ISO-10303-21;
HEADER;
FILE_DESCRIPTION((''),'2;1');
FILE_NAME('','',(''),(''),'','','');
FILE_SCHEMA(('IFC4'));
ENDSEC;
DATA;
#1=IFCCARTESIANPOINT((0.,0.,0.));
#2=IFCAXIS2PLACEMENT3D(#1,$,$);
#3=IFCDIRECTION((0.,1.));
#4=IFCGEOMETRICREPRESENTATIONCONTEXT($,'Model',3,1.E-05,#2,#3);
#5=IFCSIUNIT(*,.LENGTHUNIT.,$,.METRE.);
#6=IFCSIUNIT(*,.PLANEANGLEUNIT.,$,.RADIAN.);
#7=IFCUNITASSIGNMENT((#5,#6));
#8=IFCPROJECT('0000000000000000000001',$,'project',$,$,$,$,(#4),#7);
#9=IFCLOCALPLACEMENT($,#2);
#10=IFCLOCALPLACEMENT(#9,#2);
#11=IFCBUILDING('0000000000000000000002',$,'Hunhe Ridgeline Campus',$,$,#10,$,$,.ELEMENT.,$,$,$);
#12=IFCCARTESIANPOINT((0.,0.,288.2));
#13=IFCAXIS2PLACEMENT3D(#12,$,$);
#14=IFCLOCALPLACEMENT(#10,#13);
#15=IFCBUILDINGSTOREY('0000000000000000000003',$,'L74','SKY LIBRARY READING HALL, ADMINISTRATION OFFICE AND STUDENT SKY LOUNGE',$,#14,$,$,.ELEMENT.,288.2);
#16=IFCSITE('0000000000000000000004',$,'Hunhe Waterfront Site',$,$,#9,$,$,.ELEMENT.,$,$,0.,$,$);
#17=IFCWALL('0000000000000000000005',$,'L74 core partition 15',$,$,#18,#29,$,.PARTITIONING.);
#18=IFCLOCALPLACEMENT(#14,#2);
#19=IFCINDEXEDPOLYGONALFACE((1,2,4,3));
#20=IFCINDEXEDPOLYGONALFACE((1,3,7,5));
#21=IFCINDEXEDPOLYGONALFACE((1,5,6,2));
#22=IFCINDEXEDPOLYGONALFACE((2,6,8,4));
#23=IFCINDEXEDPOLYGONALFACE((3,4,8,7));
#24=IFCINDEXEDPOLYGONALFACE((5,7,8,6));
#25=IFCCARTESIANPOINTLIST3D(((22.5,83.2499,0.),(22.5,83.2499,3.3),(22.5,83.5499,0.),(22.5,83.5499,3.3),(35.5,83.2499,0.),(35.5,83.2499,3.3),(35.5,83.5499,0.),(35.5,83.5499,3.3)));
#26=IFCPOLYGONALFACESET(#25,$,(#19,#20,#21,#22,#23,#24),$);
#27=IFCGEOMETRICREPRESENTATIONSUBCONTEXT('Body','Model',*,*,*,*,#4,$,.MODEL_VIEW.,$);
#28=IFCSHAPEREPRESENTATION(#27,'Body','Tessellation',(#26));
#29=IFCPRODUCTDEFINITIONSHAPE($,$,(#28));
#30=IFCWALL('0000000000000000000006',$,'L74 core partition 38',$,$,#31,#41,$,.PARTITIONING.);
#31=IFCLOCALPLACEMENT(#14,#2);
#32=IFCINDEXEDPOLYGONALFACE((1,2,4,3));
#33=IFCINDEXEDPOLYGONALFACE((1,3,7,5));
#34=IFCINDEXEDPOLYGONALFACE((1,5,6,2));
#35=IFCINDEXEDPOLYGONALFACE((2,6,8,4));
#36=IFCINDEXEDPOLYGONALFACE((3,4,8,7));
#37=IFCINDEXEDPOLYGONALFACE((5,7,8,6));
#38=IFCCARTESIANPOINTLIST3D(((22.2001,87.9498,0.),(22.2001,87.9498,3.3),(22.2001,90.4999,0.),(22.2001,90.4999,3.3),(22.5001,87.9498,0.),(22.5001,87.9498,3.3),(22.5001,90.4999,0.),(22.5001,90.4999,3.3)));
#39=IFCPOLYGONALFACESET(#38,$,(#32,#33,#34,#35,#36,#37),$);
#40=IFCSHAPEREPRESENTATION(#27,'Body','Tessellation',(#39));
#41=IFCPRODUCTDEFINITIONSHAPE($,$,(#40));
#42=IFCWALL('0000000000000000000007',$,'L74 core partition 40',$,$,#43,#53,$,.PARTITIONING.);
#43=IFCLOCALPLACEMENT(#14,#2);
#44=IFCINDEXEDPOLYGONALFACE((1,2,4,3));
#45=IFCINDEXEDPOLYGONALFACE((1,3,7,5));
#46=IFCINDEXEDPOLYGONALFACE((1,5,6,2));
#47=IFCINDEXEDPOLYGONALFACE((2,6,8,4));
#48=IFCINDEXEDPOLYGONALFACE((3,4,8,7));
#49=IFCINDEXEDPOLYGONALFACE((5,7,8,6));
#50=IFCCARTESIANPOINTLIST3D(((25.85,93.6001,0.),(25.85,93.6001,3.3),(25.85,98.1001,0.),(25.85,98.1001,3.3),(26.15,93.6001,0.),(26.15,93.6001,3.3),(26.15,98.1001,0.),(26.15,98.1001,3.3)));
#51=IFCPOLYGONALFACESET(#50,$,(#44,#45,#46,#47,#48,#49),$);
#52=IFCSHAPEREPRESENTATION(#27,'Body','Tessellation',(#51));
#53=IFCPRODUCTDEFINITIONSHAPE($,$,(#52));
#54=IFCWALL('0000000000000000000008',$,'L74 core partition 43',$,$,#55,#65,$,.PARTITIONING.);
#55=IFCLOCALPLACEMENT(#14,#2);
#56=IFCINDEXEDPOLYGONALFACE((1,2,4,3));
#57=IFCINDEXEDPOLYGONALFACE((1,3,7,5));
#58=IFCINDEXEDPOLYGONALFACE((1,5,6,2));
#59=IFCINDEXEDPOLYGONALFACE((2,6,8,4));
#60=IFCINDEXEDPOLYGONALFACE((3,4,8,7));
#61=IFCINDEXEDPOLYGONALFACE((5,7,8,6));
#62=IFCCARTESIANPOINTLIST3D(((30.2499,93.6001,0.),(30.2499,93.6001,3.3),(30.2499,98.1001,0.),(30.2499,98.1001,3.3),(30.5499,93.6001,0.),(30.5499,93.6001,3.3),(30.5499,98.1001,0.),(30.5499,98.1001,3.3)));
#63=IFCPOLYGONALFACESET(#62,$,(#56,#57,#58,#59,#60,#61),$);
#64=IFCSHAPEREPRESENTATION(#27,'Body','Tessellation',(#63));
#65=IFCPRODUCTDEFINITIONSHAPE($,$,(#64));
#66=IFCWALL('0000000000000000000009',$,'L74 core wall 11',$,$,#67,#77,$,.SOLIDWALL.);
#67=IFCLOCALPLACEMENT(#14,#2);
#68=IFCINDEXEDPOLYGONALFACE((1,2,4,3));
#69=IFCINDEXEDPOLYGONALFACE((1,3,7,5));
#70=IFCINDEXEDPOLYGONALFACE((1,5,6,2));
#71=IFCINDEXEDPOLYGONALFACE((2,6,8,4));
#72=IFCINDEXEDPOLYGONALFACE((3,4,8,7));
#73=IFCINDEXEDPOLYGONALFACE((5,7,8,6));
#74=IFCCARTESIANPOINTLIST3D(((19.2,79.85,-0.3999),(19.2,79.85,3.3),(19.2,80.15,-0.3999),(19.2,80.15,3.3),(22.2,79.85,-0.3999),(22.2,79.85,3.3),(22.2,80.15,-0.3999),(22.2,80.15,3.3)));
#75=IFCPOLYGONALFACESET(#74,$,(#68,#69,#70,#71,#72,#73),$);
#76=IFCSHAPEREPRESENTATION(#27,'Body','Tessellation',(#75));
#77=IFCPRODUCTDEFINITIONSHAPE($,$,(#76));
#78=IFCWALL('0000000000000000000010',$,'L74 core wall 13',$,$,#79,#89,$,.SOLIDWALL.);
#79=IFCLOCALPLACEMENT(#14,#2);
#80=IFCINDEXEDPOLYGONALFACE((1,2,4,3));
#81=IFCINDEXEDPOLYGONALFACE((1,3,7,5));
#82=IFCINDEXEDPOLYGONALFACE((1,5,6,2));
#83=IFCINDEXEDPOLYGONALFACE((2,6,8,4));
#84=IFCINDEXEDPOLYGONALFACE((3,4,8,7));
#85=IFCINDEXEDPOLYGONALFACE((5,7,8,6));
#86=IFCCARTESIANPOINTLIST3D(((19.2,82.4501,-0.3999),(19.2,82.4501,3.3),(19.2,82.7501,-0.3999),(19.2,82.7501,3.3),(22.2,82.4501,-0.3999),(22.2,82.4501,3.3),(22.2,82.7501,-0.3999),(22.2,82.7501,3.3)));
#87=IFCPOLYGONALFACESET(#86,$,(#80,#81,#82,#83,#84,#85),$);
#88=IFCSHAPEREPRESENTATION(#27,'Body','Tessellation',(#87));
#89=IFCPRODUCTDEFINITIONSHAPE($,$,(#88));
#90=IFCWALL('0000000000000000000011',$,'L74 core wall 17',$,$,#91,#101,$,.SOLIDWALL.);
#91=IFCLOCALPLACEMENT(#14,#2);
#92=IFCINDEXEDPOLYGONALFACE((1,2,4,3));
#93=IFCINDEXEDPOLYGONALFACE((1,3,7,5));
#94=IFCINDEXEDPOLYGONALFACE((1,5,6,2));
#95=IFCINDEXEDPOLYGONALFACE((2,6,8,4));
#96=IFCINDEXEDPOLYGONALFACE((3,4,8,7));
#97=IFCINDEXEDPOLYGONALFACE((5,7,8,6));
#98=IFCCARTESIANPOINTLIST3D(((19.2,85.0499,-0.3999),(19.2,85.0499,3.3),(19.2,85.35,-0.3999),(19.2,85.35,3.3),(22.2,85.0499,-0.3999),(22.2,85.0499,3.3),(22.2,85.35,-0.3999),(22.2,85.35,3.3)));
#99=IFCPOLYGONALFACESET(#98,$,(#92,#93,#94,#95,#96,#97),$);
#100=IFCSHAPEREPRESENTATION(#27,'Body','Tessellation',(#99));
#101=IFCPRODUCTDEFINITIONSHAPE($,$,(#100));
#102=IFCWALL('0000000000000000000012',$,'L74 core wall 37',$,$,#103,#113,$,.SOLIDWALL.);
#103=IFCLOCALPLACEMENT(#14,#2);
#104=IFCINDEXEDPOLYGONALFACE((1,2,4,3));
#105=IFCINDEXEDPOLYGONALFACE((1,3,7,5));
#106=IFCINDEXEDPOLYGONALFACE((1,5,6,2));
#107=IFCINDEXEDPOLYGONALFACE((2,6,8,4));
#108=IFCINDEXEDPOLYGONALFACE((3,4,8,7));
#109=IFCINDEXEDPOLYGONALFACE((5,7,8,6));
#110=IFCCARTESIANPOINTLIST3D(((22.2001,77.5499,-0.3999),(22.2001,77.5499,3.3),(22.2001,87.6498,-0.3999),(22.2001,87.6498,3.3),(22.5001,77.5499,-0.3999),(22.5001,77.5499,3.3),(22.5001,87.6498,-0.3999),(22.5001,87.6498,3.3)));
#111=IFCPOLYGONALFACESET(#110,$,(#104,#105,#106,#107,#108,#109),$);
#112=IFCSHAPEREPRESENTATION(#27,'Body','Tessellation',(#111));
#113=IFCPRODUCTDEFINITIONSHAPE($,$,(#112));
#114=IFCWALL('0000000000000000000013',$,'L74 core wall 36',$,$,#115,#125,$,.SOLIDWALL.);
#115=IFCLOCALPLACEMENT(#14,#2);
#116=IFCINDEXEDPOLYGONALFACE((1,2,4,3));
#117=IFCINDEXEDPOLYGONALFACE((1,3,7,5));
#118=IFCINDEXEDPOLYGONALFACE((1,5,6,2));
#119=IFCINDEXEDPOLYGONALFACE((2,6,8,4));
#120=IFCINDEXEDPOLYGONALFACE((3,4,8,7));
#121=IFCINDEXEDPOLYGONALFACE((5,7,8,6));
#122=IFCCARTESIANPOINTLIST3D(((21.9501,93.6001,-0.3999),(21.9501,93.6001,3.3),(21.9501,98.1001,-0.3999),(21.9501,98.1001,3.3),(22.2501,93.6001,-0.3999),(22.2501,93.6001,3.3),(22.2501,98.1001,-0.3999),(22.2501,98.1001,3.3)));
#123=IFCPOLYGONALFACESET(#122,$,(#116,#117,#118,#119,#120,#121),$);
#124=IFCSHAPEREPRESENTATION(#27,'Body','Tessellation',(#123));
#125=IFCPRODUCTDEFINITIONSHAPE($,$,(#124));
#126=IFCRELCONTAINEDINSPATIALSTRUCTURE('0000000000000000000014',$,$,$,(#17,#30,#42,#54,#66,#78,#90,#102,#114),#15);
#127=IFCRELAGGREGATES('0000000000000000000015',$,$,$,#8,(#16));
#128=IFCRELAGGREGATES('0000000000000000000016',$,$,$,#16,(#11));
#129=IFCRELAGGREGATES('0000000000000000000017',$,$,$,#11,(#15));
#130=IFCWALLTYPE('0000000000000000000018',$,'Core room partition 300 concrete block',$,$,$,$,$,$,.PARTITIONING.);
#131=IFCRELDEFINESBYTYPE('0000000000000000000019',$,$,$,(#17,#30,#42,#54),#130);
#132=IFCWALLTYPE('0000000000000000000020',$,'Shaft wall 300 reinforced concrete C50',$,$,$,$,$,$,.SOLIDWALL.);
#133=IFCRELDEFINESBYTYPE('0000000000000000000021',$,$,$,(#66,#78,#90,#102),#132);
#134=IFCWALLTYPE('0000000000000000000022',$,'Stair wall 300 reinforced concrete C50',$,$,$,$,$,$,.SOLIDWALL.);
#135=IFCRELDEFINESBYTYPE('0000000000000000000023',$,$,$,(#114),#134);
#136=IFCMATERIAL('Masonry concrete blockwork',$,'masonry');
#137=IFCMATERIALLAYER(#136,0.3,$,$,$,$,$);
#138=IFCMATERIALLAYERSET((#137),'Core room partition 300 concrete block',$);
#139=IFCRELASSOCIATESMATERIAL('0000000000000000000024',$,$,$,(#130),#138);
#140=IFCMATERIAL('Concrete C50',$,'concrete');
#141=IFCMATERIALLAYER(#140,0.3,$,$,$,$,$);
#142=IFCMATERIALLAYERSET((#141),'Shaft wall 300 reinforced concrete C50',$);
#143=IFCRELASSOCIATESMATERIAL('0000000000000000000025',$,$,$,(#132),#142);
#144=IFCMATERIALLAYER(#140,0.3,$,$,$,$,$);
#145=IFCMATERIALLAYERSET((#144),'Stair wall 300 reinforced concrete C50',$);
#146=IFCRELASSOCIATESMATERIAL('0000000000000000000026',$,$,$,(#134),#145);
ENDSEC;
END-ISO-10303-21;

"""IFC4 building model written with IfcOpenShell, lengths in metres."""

from ifc_helpers import new_model, si_unit, direction, frame, frame_2d, origin, place, context, subcontext, project, spatial, rectangle, extrude, material, layer, layer_set, type_object, element, save


model = new_model("IFC4")

# Units and contexts
model_context = context("Model", 3, precision=1e-05, world=origin(), true_north=direction((0.0, 1.0)))
body_context = subcontext(model_context, "Body", "Model", "MODEL_VIEW")
ifc_project = project(units=[si_unit("LENGTHUNIT", "METRE"), si_unit("PLANEANGLEUNIT", "RADIAN")], contexts=[model_context])

# Site, building, storey
site_placement = place(None, origin())
site = spatial("IfcSite", under=ifc_project, at=site_placement, Name="Hunhe Waterfront Site", CompositionType="ELEMENT", RefElevation=0.0)
building_placement = place(site_placement, origin())
building = spatial("IfcBuilding", under=site, at=building_placement, Name="Hunhe Ridgeline Campus", CompositionType="ELEMENT")
storey_placement = place(building_placement, frame((0.0, 0.0, 288.2)))
storey = spatial("IfcBuildingStorey", under=building, at=storey_placement, Name="L74", Description="SKY LIBRARY READING HALL, ADMINISTRATION OFFICE AND STUDENT SKY LOUNGE", CompositionType="ELEMENT", Elevation=288.2)

# Shared definitions
ifc_material_1 = material(Name="Masonry concrete blockwork", Category="masonry")
ifc_layer_1 = layer(ifc_material_1, 0.3)
ifc_layer_set_1 = layer_set([ifc_layer_1], Name="Core room partition 300 concrete block")
wall_type_1 = type_object("IfcWallType", Name="Core room partition 300 concrete block", PredefinedType="PARTITIONING", material=ifc_layer_set_1)

# Walls
wall_1_placement = place(storey_placement, frame((22.5, 83.3999, 0.0), z_axis=(0.0, 0.0, 1.0), x_axis=(1.0, 0.0, 0.0)))
element("IfcWall", 1, at=wall_1_placement, inside=storey, type_object=wall_type_1, Name="L74 core partition 15", PredefinedType="PARTITIONING", context=body_context, shape_type="SweptSolid", body=[
    extrude(rectangle(XDim=13.0, YDim=0.3, at=frame_2d((6.5, 0.0))), origin(), (0.0, 0.0, 1.0), 3.3),
])
wall_2_placement = place(storey_placement, frame((22.3501, 87.95, 0.0), z_axis=(0.0, 0.0, 1.0), x_axis=(0.0, 1.0, 0.0)))
element("IfcWall", 2, at=wall_2_placement, inside=storey, type_object=wall_type_1, Name="L74 core partition 38", PredefinedType="PARTITIONING", context=body_context, shape_type="SweptSolid", body=[
    extrude(rectangle(XDim=2.55, YDim=0.3, at=frame_2d((1.2749, 0.0))), origin(), (0.0, 0.0, 1.0), 3.3),
])
for number, where, z_axis, x_axis, name in (
    (3, (26.0, 93.6001, 0.0), (0.0, 0.0, 1.0), (0.0, 1.0, 0.0), "L74 core partition 40"),
    (4, (30.3999, 93.6001, 0.0), (0.0, 0.0, 1.0), (0.0, 1.0, 0.0), "L74 core partition 43"),
):
    element("IfcWall", number, at=place(storey_placement, frame(where, z_axis=z_axis, x_axis=x_axis)), inside=storey, type_object=wall_type_1, Name=name, PredefinedType="PARTITIONING", context=body_context, shape_type="SweptSolid", body=[
        extrude(rectangle(XDim=4.5, YDim=0.3, at=frame_2d((2.25, 0.0))), origin(), (0.0, 0.0, 1.0), 3.3),
    ])
ifc_material_2 = material(Name="Concrete C50", Category="concrete")
ifc_layer_2 = layer(ifc_material_2, 0.3)
ifc_layer_set_2 = layer_set([ifc_layer_2], Name="Shaft wall 300 reinforced concrete C50")
wall_type_2 = type_object("IfcWallType", Name="Shaft wall 300 reinforced concrete C50", PredefinedType="SOLIDWALL", material=ifc_layer_set_2)
for number, where, z_axis, x_axis, name in (
    (5, (19.2, 80.0, -0.3999), (0.0, 0.0, 1.0), (1.0, 0.0, 0.0), "L74 core wall 11"),
    (6, (19.2, 82.6001, -0.3999), (0.0, 0.0, 1.0), (1.0, 0.0, 0.0), "L74 core wall 13"),
    (7, (19.2, 85.2, -0.3999), (0.0, 0.0, 1.0), (1.0, 0.0, 0.0), "L74 core wall 17"),
):
    element("IfcWall", number, at=place(storey_placement, frame(where, z_axis=z_axis, x_axis=x_axis)), inside=storey, type_object=wall_type_2, Name=name, PredefinedType="SOLIDWALL", context=body_context, shape_type="SweptSolid", body=[
        extrude(rectangle(XDim=3.0, YDim=0.3, at=frame_2d((1.5, 0.0))), origin(), (0.0, 0.0, 1.0), 3.7),
    ])

# Walls
wall_3_placement = place(storey_placement, frame((22.3501, 77.55, -0.3999), z_axis=(0.0, 0.0, 1.0), x_axis=(0.0, 1.0, 0.0)))
element("IfcWall", 8, at=wall_3_placement, inside=storey, type_object=wall_type_2, Name="L74 core wall 37", PredefinedType="SOLIDWALL", context=body_context, shape_type="SweptSolid", body=[
    extrude(rectangle(XDim=10.0999, YDim=0.3, at=frame_2d((5.0498, 0.0))), origin(), (0.0, 0.0, 1.0), 3.7),
])
ifc_layer_3 = layer(ifc_material_2, 0.3)
ifc_layer_set_3 = layer_set([ifc_layer_3], Name="Stair wall 300 reinforced concrete C50")
wall_type_3 = type_object("IfcWallType", Name="Stair wall 300 reinforced concrete C50", PredefinedType="SOLIDWALL", material=ifc_layer_set_3)
wall_4_placement = place(storey_placement, frame((22.1001, 93.6001, -0.3999), z_axis=(0.0, 0.0, 1.0), x_axis=(0.0, 1.0, 0.0)))
element("IfcWall", 9, at=wall_4_placement, inside=storey, type_object=wall_type_3, Name="L74 core wall 36", PredefinedType="SOLIDWALL", context=body_context, shape_type="SweptSolid", body=[
    extrude(rectangle(XDim=4.5, YDim=0.3, at=frame_2d((2.25, 0.0))), origin(), (0.0, 0.0, 1.0), 3.7),
])

save(model, "model.ifc")
